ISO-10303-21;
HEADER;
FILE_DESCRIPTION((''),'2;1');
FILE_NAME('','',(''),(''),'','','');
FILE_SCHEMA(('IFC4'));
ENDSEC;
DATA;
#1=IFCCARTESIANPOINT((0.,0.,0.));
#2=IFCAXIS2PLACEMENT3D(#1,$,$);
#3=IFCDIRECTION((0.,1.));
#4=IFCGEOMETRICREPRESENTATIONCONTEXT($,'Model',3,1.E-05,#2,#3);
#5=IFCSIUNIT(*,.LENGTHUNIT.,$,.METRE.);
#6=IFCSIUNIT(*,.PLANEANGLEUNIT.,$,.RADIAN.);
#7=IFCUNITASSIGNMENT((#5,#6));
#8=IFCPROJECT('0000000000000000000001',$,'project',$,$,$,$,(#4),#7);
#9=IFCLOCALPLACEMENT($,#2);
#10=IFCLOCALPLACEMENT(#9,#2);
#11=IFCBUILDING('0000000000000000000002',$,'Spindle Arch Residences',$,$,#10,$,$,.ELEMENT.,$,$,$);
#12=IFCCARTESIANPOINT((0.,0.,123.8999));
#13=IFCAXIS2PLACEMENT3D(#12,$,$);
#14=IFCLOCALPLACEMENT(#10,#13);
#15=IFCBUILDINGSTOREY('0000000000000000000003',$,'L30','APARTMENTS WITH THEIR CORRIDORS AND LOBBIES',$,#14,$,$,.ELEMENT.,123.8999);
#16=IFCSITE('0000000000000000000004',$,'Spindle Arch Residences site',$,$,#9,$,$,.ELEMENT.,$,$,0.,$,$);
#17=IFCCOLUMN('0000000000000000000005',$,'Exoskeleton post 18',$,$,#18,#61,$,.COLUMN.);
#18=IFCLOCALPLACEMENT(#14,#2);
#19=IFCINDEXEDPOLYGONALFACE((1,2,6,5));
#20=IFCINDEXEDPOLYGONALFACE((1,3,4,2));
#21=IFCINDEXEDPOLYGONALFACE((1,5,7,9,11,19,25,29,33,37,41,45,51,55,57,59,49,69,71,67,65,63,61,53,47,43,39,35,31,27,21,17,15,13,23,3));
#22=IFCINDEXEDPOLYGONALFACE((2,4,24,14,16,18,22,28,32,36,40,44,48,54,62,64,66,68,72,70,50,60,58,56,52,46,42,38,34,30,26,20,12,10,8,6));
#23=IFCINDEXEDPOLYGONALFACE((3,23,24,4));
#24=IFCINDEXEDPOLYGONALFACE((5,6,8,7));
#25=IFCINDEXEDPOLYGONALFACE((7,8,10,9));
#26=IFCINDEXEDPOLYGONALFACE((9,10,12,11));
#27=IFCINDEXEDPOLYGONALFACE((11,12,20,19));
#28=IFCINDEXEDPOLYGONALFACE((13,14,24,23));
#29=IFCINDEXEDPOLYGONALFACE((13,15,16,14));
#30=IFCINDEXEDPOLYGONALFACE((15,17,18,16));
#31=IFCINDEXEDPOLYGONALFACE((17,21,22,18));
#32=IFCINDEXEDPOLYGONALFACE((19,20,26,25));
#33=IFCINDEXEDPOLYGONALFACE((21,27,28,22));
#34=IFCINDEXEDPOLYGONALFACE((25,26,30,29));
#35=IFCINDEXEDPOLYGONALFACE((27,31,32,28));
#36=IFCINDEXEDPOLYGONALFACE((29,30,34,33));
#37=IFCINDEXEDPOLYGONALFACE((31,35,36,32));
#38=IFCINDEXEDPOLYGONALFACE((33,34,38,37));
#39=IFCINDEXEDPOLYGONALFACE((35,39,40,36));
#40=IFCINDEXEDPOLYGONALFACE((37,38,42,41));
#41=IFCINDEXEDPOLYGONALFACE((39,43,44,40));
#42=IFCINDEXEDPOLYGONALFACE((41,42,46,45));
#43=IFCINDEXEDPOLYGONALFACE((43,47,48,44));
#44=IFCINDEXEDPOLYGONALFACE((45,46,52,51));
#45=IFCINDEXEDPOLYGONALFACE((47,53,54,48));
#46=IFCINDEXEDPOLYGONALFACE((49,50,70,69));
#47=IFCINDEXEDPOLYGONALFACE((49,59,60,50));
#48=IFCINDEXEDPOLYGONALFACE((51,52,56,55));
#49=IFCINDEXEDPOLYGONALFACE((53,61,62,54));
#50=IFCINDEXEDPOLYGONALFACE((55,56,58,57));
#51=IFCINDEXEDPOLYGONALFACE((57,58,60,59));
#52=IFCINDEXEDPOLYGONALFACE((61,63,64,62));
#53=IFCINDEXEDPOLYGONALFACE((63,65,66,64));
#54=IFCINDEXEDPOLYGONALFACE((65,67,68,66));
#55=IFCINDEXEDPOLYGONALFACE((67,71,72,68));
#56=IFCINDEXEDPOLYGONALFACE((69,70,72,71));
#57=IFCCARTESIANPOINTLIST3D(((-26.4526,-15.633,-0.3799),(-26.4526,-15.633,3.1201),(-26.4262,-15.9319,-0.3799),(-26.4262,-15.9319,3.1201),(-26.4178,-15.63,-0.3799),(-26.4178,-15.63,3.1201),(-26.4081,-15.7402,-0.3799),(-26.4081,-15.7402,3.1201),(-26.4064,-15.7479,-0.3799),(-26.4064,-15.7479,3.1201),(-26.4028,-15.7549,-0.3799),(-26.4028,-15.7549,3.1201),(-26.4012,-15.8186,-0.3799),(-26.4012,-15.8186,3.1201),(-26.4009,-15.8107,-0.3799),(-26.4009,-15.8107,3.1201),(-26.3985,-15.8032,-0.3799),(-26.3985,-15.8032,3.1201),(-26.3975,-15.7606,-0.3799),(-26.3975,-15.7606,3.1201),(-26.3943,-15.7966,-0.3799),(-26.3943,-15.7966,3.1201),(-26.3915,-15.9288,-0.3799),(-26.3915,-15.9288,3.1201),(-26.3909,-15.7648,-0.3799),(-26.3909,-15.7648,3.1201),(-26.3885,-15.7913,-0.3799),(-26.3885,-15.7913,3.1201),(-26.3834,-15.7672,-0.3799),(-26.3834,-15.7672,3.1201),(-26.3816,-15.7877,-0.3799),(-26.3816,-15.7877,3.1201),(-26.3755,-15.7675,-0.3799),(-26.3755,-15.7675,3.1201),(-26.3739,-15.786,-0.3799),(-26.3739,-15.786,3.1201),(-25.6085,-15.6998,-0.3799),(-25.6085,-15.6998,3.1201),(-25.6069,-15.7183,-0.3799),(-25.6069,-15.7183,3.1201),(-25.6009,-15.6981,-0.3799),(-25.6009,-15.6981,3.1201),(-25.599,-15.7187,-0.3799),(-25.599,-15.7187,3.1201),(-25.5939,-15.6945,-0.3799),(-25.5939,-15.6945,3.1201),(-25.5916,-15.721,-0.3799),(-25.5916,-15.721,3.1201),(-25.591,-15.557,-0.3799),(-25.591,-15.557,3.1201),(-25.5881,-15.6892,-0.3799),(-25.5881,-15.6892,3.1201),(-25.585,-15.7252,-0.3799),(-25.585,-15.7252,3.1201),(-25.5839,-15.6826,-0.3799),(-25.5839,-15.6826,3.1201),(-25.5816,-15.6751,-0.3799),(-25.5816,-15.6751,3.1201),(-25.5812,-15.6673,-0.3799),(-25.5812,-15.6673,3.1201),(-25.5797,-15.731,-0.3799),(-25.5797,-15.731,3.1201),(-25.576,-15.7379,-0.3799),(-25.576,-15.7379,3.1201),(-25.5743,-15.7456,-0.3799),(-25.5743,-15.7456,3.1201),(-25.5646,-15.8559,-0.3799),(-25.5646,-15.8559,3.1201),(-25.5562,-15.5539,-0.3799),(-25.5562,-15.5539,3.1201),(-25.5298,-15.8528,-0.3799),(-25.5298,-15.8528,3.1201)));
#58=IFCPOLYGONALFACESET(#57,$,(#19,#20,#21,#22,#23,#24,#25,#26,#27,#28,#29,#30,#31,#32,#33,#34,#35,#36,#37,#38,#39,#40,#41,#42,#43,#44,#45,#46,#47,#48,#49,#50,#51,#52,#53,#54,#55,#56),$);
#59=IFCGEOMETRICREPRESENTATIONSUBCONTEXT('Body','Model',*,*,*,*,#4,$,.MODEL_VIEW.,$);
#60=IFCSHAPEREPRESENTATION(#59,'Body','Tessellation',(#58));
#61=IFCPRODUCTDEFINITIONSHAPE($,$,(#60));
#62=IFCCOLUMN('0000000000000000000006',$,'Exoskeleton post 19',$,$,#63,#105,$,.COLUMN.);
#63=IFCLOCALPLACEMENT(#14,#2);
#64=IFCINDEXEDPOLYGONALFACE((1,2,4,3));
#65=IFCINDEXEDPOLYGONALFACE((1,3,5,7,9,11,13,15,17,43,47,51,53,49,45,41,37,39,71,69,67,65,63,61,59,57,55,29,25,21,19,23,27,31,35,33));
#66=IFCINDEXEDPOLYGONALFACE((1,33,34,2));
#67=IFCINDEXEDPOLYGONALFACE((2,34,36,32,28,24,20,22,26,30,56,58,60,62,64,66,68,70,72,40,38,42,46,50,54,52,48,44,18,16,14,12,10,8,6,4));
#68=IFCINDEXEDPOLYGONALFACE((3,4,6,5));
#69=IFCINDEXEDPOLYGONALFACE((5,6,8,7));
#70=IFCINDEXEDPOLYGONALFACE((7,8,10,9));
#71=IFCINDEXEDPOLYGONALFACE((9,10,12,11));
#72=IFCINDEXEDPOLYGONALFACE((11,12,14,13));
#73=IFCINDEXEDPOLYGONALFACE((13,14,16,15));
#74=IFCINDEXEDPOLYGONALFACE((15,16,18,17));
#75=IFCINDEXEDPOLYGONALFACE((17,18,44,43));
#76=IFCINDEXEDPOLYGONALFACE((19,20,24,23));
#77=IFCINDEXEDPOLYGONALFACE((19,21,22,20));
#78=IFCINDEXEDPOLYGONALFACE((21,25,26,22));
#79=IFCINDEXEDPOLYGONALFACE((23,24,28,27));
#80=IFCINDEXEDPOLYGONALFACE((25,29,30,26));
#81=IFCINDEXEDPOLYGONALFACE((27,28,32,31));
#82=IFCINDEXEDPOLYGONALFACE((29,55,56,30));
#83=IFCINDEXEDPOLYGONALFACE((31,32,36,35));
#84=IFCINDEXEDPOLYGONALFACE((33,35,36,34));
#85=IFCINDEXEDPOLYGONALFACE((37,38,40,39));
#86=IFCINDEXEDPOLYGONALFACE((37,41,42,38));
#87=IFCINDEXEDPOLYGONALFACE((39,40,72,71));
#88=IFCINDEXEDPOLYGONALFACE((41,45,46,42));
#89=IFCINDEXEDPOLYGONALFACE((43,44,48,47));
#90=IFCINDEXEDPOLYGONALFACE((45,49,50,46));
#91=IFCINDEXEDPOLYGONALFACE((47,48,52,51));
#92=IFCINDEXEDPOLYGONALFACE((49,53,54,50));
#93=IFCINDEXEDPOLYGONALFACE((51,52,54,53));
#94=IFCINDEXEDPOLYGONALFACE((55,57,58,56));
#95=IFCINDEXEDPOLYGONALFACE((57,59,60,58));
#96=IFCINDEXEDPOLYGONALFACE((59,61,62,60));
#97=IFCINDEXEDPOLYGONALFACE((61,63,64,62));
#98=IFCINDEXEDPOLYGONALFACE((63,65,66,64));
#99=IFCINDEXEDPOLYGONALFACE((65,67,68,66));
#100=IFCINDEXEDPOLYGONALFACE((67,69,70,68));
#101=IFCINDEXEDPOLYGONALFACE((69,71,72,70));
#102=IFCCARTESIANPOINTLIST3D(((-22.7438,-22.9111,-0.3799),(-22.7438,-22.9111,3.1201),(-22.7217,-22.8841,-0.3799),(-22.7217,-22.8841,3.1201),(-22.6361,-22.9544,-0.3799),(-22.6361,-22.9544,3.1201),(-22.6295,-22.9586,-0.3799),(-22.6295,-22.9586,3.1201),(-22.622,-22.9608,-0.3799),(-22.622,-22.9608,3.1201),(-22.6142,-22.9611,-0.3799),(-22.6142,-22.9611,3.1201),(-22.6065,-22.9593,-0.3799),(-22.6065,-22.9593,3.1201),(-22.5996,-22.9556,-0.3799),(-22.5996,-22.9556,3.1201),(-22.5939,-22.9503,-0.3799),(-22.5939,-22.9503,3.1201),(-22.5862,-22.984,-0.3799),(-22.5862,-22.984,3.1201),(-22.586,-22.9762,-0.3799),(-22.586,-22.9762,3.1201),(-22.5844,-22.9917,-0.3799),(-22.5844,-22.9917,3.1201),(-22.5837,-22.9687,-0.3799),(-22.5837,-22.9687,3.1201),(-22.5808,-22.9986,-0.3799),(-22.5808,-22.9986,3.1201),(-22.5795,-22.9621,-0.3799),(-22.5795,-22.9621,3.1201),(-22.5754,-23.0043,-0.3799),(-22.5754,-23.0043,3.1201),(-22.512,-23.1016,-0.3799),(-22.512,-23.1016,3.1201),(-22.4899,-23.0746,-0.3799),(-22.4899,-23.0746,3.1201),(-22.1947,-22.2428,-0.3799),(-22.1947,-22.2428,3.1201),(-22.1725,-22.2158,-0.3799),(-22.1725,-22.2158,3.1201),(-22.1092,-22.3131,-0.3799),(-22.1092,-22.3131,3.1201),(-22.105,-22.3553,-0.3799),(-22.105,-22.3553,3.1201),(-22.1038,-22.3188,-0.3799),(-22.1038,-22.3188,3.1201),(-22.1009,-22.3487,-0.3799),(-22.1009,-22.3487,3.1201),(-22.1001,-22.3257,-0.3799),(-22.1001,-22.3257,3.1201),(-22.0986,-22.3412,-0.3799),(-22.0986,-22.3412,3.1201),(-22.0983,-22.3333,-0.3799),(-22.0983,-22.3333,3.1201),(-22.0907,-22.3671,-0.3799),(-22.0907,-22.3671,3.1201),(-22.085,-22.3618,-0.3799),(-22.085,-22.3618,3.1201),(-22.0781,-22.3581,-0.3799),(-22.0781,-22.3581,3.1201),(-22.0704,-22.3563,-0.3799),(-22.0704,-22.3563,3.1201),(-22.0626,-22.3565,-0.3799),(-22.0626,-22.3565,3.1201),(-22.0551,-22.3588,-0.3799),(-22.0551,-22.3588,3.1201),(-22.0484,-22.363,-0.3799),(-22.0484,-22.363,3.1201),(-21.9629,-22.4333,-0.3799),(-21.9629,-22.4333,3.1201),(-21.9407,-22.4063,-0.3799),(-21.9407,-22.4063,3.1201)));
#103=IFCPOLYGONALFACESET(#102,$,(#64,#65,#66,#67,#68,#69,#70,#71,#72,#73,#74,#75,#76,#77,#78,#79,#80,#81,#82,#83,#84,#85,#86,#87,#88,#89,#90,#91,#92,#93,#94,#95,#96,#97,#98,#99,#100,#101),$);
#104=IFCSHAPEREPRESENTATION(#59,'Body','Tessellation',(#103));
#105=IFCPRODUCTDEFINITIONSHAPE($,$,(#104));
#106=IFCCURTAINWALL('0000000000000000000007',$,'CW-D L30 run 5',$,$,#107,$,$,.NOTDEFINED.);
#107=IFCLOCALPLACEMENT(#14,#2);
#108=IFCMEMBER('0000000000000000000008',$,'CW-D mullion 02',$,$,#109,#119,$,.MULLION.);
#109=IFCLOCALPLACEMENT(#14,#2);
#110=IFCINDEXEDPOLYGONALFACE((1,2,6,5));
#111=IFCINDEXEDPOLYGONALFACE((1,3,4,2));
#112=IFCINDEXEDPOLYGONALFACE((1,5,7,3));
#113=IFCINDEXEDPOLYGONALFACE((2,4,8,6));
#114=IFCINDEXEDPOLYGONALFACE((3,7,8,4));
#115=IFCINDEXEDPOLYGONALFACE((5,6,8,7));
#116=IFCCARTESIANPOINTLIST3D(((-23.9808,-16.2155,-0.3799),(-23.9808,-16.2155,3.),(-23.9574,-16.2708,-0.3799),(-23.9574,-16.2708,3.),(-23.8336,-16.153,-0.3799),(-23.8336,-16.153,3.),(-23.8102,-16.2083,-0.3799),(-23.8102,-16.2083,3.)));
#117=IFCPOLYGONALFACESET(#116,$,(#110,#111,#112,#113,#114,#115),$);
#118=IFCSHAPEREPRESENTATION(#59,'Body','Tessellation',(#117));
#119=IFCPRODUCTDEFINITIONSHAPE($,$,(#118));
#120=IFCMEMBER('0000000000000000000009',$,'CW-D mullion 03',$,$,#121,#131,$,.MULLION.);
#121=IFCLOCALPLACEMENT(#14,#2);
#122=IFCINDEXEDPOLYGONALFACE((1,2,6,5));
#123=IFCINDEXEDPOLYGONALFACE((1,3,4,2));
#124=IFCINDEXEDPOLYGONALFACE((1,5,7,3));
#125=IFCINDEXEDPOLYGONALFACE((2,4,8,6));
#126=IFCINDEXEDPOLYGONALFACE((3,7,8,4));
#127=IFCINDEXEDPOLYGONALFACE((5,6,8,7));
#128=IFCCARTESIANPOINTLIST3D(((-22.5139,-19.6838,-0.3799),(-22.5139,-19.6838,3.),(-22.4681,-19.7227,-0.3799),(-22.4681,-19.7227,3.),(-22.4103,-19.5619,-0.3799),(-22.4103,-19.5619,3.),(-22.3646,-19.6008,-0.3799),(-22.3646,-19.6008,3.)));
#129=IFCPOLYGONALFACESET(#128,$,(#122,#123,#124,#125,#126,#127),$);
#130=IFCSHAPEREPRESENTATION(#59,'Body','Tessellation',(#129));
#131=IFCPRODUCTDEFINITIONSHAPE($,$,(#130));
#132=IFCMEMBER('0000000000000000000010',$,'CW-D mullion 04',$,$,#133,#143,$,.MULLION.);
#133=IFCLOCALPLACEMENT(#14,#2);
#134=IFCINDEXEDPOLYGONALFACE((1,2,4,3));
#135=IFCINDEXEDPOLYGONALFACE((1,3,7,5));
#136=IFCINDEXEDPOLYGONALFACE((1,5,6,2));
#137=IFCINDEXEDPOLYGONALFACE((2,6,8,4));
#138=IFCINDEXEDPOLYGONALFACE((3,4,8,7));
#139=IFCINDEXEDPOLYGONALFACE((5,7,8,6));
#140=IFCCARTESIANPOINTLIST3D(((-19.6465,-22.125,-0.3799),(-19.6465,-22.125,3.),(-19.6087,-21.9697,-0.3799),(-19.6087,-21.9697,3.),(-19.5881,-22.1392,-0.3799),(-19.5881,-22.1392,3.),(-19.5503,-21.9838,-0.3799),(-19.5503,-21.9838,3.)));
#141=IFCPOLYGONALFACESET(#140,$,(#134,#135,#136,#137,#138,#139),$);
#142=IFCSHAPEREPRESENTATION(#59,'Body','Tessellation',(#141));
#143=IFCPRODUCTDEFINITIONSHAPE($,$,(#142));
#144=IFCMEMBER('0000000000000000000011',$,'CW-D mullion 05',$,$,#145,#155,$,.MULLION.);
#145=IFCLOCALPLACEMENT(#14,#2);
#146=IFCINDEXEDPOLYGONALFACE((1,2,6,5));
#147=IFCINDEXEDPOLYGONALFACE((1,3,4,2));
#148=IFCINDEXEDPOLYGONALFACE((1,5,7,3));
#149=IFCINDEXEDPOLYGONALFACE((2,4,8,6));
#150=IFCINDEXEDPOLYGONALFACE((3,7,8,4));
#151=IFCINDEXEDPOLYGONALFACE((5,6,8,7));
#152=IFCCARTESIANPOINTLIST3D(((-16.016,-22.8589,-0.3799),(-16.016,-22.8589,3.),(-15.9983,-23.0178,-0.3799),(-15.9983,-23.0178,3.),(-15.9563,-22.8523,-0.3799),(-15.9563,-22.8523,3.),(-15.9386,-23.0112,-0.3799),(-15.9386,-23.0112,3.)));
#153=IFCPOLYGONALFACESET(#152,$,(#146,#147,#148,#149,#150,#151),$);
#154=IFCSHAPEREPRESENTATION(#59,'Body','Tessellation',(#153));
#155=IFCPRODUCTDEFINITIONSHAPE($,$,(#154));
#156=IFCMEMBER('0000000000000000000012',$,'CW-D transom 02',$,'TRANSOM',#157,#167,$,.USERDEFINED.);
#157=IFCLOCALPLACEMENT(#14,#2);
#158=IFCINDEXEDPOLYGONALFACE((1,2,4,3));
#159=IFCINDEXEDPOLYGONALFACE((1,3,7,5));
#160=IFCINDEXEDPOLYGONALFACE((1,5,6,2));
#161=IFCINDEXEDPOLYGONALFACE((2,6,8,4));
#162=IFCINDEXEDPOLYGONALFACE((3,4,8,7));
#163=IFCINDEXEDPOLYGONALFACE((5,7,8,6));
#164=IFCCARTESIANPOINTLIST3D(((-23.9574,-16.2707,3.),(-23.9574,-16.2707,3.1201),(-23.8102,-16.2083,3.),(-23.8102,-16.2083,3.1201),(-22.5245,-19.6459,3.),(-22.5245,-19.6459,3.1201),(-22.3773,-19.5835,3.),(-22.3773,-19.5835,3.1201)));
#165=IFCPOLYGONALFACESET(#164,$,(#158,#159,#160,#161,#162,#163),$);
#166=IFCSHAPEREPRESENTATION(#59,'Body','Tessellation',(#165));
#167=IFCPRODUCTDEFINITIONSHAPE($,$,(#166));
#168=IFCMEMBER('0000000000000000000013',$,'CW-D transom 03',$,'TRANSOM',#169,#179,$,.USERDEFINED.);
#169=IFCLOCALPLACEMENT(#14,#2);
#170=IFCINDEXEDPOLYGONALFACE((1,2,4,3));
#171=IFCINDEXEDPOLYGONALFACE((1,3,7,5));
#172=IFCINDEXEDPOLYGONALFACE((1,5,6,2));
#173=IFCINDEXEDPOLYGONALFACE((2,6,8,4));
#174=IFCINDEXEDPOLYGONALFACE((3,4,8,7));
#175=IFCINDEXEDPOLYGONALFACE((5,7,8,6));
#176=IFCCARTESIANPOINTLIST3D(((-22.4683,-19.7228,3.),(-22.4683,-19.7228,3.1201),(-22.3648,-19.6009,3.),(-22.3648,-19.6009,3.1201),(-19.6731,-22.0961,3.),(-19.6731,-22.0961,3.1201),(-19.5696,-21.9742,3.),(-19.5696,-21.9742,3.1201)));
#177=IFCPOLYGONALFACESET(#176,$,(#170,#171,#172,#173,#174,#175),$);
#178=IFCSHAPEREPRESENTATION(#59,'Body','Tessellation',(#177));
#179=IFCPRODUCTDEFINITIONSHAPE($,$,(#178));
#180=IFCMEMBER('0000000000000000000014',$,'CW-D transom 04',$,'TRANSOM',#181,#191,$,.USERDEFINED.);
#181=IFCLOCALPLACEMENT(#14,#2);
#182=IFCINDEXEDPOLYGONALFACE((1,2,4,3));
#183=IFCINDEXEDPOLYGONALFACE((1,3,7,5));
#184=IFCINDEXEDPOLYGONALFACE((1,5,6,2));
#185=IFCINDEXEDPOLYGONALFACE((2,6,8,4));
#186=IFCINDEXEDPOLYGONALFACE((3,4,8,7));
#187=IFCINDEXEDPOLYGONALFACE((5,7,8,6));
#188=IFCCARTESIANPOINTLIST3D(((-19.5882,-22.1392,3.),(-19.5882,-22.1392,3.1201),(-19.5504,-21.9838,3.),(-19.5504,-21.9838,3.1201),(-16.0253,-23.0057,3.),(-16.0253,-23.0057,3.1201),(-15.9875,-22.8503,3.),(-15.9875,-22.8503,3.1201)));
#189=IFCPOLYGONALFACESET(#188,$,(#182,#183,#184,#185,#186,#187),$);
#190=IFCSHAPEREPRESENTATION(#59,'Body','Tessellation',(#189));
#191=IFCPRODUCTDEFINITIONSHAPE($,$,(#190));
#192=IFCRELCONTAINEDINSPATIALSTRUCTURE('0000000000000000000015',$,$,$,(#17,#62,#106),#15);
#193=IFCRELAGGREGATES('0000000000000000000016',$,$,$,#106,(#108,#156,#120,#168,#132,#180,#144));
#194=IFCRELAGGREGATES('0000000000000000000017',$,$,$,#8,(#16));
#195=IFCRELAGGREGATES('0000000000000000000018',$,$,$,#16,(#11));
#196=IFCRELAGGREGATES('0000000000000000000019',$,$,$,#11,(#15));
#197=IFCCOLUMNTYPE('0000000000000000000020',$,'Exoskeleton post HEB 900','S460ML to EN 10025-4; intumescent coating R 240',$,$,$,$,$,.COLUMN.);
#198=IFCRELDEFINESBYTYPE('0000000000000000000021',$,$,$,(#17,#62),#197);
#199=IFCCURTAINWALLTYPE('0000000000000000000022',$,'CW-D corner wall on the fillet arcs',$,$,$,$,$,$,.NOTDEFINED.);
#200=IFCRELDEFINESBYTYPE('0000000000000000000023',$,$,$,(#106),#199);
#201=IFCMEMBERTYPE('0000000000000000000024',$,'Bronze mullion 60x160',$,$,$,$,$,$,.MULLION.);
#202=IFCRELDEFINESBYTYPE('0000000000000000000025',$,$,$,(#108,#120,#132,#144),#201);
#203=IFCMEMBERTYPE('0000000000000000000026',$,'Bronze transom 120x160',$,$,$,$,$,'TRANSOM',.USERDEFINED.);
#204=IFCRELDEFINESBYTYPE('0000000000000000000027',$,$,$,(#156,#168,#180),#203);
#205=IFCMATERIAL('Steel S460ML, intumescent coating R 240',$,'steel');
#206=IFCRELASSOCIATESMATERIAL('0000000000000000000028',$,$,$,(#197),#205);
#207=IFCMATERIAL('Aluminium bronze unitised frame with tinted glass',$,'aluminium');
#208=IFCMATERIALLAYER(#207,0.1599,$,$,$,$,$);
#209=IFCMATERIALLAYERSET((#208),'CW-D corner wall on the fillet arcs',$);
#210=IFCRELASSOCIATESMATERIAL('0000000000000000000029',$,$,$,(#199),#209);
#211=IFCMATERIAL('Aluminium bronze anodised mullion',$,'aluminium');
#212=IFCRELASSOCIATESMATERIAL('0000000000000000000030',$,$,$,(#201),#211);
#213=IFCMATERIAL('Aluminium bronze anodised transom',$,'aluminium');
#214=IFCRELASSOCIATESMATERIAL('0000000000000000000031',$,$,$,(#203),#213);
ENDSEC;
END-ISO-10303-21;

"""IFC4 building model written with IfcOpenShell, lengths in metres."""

from ifc_helpers import new_model, si_unit, direction, frame, origin, origin_2d, place, context, subcontext, project, spatial, rectangle, i_section, extrude, material, layer, layer_set, material_profile, profile_set, type_object, element, aggregate, save


model = new_model("IFC4")

# Units and contexts
model_context = context("Model", 3, precision=1e-05, world=origin(), true_north=direction((0.0, 1.0)))
body_context = subcontext(model_context, "Body", "Model", "MODEL_VIEW")
ifc_project = project(units=[si_unit("LENGTHUNIT", "METRE"), si_unit("PLANEANGLEUNIT", "RADIAN")], contexts=[model_context])

# Site, building, storey
site_placement = place(None, origin())
site = spatial("IfcSite", under=ifc_project, at=site_placement, Name="Spindle Arch Residences site", CompositionType="ELEMENT", RefElevation=0.0)
building_placement = place(site_placement, origin())
building = spatial("IfcBuilding", under=site, at=building_placement, Name="Spindle Arch Residences", CompositionType="ELEMENT")
storey_placement = place(building_placement, frame((0.0, 0.0, 123.8999)))
storey = spatial("IfcBuildingStorey", under=building, at=storey_placement, Name="L30", Description="APARTMENTS WITH THEIR CORRIDORS AND LOBBIES", CompositionType="ELEMENT", Elevation=123.8999)

# Columns
ifc_material_1 = material(Name="Steel S460ML, intumescent coating R 240", Category="steel")
ifc_material_profile_1 = material_profile(ifc_material_1, i_section(OverallWidth=0.3, OverallDepth=0.8999, WebThickness=0.0186, FlangeThickness=0.0349, FilletRadius=0.03, at=origin_2d()), Name="HEB 900")
ifc_profile_set_1 = profile_set([ifc_material_profile_1], Name="Steel S460ML, intumescent coating R 240")
column_type = type_object("IfcColumnType", Name="Exoskeleton post HEB 900", Description="S460ML to EN 10025-4; intumescent coating R 240", PredefinedType="COLUMN", material=ifc_profile_set_1)
for number, where, z_axis, x_axis, name in (
    (1, (-25.9912, -15.7429, -0.3799), (0.0, 0.0, 1.0), (-0.087905, 0.996129, 0.0), "Exoskeleton post 18"),
    (2, (-22.3423, -22.6587, -0.3799), (0.0, 0.0, 1.0), (-0.772638, 0.634847, 0.0), "Exoskeleton post 19"),
):
    element("IfcColumn", number, at=place(storey_placement, frame(where, z_axis=z_axis, x_axis=x_axis)), inside=storey, type_object=column_type, Name=name, PredefinedType="COLUMN", context=body_context, shape_type="SweptSolid", body=[
        extrude(i_section(OverallWidth=0.3, OverallDepth=0.8999, WebThickness=0.0186, FlangeThickness=0.0349, FilletRadius=0.03, at=origin_2d()), origin(), (0.0, 0.0, 1.0), 3.5),
    ])

# Curtain wall, members
ifc_material_2 = material(Name="Aluminium bronze unitised frame with tinted glass", Category="aluminium")
ifc_layer_1 = layer(ifc_material_2, 0.1599)
ifc_layer_set_1 = layer_set([ifc_layer_1], Name="CW-D corner wall on the fillet arcs")
curtain_wall_type = type_object("IfcCurtainWallType", Name="CW-D corner wall on the fillet arcs", PredefinedType="NOTDEFINED", material=ifc_layer_set_1)
curtain_wall_placement = place(storey_placement, origin())
curtain_wall = element("IfcCurtainWall", 3, at=curtain_wall_placement, inside=storey, type_object=curtain_wall_type, Name="CW-D L30 run 5", PredefinedType="NOTDEFINED")
ifc_material_3 = material(Name="Aluminium bronze anodised mullion", Category="aluminium")
ifc_material_profile_2 = material_profile(ifc_material_3, rectangle(XDim=0.1599, YDim=0.0601, at=origin_2d()), Name="MU 60x160")
ifc_profile_set_2 = profile_set([ifc_material_profile_2], Name="Aluminium bronze anodised mullion")
member_type_1 = type_object("IfcMemberType", Name="Bronze mullion 60x160", PredefinedType="MULLION", material=ifc_profile_set_2)
member_1_placement = place(storey_placement, frame((-23.8955, -16.2119, -0.3799), z_axis=(0.0, 0.0, 1.0), x_axis=(0.920505, 0.390731, 0.0)))
member_1 = element("IfcMember", 4, at=member_1_placement, type_object=member_type_1, Name="CW-D mullion 02", PredefinedType="MULLION", context=body_context, shape_type="SweptSolid", body=[
    extrude(rectangle(XDim=0.1599, YDim=0.0601, at=origin_2d()), origin(), (0.0, 0.0, 1.0), 3.3799),
])
member_2_placement = place(storey_placement, frame((-22.4392, -19.6423, -0.3799), z_axis=(0.0, 0.0, 1.0), x_axis=(0.647233, 0.762292, 0.0)))
member_2 = element("IfcMember", 5, at=member_2_placement, type_object=member_type_1, Name="CW-D mullion 03", PredefinedType="MULLION", context=body_context, shape_type="SweptSolid", body=[
    extrude(rectangle(XDim=0.1599, YDim=0.0601, at=origin_2d()), origin(), (0.0, 0.0, 1.0), 3.3799),
])
member_3_placement = place(storey_placement, frame((-19.5984, -22.0544, -0.3799), z_axis=(0.0, 0.0, 1.0), x_axis=(0.236273, 0.971687, 0.0)))
member_3 = element("IfcMember", 6, at=member_3_placement, type_object=member_type_1, Name="CW-D mullion 04", PredefinedType="MULLION", context=body_context, shape_type="SweptSolid", body=[
    extrude(rectangle(XDim=0.1599, YDim=0.0601, at=origin_2d()), origin(), (0.0, 0.0, 1.0), 3.3799),
])
member_4_placement = place(storey_placement, frame((-15.9773, -22.9351, -0.3799), z_axis=(0.0, 0.0, 1.0), x_axis=(-0.110313, 0.993897, 0.0)))
member_4 = element("IfcMember", 7, at=member_4_placement, type_object=member_type_1, Name="CW-D mullion 05", PredefinedType="MULLION", context=body_context, shape_type="SweptSolid", body=[
    extrude(rectangle(XDim=0.1599, YDim=0.0601, at=origin_2d()), origin(), (0.0, 0.0, 1.0), 3.3799),
])
ifc_material_4 = material(Name="Aluminium bronze anodised transom", Category="aluminium")
ifc_material_profile_3 = material_profile(ifc_material_4, rectangle(XDim=0.1599, YDim=0.1201, at=origin_2d()), Name="TR 120x160")
ifc_profile_set_3 = profile_set([ifc_material_profile_3], Name="Aluminium bronze anodised transom")
member_type_2 = type_object("IfcMemberType", Name="Bronze transom 120x160", ElementType="TRANSOM", PredefinedType="USERDEFINED", material=ifc_profile_set_3)
member_5_placement = place(storey_placement, frame((-23.8838, -16.2395, 3.0601), z_axis=(0.390767, -0.92049, 0.0), x_axis=(0.92049, 0.390767, 0.0)))
member_5 = element("IfcMember", 8, at=member_5_placement, type_object=member_type_2, Name="CW-D transom 02", ObjectType="TRANSOM", PredefinedType="USERDEFINED", context=body_context, shape_type="SweptSolid", body=[
    extrude(rectangle(XDim=0.1599, YDim=0.1201, at=origin_2d()), origin(), (0.0, 0.0, 1.0), 3.6667),
])
member_6_placement = place(storey_placement, frame((-22.4165, -19.6619, 3.0601), z_axis=(0.762289, -0.647237, 0.0), x_axis=(0.647237, 0.762289, 0.0)))
member_6 = element("IfcMember", 9, at=member_6_placement, type_object=member_type_2, Name="CW-D transom 03", ObjectType="TRANSOM", PredefinedType="USERDEFINED", context=body_context, shape_type="SweptSolid", body=[
    extrude(rectangle(XDim=0.1599, YDim=0.1201, at=origin_2d()), origin(), (0.0, 0.0, 1.0), 3.6667),
])
member_7_placement = place(storey_placement, frame((-19.5693, -22.0615, 3.0601), z_axis=(0.971681, -0.236296, 0.0), x_axis=(0.236296, 0.971681, 0.0)))
member_7 = element("IfcMember", 10, at=member_7_placement, type_object=member_type_2, Name="CW-D transom 04", ObjectType="TRANSOM", PredefinedType="USERDEFINED", context=body_context, shape_type="SweptSolid", body=[
    extrude(rectangle(XDim=0.1599, YDim=0.1201, at=origin_2d()), origin(), (0.0, 0.0, 1.0), 3.6667),
])

aggregate(curtain_wall, [member_1, member_5, member_2, member_6, member_3, member_7, member_4])

save(model, "model.ifc")
